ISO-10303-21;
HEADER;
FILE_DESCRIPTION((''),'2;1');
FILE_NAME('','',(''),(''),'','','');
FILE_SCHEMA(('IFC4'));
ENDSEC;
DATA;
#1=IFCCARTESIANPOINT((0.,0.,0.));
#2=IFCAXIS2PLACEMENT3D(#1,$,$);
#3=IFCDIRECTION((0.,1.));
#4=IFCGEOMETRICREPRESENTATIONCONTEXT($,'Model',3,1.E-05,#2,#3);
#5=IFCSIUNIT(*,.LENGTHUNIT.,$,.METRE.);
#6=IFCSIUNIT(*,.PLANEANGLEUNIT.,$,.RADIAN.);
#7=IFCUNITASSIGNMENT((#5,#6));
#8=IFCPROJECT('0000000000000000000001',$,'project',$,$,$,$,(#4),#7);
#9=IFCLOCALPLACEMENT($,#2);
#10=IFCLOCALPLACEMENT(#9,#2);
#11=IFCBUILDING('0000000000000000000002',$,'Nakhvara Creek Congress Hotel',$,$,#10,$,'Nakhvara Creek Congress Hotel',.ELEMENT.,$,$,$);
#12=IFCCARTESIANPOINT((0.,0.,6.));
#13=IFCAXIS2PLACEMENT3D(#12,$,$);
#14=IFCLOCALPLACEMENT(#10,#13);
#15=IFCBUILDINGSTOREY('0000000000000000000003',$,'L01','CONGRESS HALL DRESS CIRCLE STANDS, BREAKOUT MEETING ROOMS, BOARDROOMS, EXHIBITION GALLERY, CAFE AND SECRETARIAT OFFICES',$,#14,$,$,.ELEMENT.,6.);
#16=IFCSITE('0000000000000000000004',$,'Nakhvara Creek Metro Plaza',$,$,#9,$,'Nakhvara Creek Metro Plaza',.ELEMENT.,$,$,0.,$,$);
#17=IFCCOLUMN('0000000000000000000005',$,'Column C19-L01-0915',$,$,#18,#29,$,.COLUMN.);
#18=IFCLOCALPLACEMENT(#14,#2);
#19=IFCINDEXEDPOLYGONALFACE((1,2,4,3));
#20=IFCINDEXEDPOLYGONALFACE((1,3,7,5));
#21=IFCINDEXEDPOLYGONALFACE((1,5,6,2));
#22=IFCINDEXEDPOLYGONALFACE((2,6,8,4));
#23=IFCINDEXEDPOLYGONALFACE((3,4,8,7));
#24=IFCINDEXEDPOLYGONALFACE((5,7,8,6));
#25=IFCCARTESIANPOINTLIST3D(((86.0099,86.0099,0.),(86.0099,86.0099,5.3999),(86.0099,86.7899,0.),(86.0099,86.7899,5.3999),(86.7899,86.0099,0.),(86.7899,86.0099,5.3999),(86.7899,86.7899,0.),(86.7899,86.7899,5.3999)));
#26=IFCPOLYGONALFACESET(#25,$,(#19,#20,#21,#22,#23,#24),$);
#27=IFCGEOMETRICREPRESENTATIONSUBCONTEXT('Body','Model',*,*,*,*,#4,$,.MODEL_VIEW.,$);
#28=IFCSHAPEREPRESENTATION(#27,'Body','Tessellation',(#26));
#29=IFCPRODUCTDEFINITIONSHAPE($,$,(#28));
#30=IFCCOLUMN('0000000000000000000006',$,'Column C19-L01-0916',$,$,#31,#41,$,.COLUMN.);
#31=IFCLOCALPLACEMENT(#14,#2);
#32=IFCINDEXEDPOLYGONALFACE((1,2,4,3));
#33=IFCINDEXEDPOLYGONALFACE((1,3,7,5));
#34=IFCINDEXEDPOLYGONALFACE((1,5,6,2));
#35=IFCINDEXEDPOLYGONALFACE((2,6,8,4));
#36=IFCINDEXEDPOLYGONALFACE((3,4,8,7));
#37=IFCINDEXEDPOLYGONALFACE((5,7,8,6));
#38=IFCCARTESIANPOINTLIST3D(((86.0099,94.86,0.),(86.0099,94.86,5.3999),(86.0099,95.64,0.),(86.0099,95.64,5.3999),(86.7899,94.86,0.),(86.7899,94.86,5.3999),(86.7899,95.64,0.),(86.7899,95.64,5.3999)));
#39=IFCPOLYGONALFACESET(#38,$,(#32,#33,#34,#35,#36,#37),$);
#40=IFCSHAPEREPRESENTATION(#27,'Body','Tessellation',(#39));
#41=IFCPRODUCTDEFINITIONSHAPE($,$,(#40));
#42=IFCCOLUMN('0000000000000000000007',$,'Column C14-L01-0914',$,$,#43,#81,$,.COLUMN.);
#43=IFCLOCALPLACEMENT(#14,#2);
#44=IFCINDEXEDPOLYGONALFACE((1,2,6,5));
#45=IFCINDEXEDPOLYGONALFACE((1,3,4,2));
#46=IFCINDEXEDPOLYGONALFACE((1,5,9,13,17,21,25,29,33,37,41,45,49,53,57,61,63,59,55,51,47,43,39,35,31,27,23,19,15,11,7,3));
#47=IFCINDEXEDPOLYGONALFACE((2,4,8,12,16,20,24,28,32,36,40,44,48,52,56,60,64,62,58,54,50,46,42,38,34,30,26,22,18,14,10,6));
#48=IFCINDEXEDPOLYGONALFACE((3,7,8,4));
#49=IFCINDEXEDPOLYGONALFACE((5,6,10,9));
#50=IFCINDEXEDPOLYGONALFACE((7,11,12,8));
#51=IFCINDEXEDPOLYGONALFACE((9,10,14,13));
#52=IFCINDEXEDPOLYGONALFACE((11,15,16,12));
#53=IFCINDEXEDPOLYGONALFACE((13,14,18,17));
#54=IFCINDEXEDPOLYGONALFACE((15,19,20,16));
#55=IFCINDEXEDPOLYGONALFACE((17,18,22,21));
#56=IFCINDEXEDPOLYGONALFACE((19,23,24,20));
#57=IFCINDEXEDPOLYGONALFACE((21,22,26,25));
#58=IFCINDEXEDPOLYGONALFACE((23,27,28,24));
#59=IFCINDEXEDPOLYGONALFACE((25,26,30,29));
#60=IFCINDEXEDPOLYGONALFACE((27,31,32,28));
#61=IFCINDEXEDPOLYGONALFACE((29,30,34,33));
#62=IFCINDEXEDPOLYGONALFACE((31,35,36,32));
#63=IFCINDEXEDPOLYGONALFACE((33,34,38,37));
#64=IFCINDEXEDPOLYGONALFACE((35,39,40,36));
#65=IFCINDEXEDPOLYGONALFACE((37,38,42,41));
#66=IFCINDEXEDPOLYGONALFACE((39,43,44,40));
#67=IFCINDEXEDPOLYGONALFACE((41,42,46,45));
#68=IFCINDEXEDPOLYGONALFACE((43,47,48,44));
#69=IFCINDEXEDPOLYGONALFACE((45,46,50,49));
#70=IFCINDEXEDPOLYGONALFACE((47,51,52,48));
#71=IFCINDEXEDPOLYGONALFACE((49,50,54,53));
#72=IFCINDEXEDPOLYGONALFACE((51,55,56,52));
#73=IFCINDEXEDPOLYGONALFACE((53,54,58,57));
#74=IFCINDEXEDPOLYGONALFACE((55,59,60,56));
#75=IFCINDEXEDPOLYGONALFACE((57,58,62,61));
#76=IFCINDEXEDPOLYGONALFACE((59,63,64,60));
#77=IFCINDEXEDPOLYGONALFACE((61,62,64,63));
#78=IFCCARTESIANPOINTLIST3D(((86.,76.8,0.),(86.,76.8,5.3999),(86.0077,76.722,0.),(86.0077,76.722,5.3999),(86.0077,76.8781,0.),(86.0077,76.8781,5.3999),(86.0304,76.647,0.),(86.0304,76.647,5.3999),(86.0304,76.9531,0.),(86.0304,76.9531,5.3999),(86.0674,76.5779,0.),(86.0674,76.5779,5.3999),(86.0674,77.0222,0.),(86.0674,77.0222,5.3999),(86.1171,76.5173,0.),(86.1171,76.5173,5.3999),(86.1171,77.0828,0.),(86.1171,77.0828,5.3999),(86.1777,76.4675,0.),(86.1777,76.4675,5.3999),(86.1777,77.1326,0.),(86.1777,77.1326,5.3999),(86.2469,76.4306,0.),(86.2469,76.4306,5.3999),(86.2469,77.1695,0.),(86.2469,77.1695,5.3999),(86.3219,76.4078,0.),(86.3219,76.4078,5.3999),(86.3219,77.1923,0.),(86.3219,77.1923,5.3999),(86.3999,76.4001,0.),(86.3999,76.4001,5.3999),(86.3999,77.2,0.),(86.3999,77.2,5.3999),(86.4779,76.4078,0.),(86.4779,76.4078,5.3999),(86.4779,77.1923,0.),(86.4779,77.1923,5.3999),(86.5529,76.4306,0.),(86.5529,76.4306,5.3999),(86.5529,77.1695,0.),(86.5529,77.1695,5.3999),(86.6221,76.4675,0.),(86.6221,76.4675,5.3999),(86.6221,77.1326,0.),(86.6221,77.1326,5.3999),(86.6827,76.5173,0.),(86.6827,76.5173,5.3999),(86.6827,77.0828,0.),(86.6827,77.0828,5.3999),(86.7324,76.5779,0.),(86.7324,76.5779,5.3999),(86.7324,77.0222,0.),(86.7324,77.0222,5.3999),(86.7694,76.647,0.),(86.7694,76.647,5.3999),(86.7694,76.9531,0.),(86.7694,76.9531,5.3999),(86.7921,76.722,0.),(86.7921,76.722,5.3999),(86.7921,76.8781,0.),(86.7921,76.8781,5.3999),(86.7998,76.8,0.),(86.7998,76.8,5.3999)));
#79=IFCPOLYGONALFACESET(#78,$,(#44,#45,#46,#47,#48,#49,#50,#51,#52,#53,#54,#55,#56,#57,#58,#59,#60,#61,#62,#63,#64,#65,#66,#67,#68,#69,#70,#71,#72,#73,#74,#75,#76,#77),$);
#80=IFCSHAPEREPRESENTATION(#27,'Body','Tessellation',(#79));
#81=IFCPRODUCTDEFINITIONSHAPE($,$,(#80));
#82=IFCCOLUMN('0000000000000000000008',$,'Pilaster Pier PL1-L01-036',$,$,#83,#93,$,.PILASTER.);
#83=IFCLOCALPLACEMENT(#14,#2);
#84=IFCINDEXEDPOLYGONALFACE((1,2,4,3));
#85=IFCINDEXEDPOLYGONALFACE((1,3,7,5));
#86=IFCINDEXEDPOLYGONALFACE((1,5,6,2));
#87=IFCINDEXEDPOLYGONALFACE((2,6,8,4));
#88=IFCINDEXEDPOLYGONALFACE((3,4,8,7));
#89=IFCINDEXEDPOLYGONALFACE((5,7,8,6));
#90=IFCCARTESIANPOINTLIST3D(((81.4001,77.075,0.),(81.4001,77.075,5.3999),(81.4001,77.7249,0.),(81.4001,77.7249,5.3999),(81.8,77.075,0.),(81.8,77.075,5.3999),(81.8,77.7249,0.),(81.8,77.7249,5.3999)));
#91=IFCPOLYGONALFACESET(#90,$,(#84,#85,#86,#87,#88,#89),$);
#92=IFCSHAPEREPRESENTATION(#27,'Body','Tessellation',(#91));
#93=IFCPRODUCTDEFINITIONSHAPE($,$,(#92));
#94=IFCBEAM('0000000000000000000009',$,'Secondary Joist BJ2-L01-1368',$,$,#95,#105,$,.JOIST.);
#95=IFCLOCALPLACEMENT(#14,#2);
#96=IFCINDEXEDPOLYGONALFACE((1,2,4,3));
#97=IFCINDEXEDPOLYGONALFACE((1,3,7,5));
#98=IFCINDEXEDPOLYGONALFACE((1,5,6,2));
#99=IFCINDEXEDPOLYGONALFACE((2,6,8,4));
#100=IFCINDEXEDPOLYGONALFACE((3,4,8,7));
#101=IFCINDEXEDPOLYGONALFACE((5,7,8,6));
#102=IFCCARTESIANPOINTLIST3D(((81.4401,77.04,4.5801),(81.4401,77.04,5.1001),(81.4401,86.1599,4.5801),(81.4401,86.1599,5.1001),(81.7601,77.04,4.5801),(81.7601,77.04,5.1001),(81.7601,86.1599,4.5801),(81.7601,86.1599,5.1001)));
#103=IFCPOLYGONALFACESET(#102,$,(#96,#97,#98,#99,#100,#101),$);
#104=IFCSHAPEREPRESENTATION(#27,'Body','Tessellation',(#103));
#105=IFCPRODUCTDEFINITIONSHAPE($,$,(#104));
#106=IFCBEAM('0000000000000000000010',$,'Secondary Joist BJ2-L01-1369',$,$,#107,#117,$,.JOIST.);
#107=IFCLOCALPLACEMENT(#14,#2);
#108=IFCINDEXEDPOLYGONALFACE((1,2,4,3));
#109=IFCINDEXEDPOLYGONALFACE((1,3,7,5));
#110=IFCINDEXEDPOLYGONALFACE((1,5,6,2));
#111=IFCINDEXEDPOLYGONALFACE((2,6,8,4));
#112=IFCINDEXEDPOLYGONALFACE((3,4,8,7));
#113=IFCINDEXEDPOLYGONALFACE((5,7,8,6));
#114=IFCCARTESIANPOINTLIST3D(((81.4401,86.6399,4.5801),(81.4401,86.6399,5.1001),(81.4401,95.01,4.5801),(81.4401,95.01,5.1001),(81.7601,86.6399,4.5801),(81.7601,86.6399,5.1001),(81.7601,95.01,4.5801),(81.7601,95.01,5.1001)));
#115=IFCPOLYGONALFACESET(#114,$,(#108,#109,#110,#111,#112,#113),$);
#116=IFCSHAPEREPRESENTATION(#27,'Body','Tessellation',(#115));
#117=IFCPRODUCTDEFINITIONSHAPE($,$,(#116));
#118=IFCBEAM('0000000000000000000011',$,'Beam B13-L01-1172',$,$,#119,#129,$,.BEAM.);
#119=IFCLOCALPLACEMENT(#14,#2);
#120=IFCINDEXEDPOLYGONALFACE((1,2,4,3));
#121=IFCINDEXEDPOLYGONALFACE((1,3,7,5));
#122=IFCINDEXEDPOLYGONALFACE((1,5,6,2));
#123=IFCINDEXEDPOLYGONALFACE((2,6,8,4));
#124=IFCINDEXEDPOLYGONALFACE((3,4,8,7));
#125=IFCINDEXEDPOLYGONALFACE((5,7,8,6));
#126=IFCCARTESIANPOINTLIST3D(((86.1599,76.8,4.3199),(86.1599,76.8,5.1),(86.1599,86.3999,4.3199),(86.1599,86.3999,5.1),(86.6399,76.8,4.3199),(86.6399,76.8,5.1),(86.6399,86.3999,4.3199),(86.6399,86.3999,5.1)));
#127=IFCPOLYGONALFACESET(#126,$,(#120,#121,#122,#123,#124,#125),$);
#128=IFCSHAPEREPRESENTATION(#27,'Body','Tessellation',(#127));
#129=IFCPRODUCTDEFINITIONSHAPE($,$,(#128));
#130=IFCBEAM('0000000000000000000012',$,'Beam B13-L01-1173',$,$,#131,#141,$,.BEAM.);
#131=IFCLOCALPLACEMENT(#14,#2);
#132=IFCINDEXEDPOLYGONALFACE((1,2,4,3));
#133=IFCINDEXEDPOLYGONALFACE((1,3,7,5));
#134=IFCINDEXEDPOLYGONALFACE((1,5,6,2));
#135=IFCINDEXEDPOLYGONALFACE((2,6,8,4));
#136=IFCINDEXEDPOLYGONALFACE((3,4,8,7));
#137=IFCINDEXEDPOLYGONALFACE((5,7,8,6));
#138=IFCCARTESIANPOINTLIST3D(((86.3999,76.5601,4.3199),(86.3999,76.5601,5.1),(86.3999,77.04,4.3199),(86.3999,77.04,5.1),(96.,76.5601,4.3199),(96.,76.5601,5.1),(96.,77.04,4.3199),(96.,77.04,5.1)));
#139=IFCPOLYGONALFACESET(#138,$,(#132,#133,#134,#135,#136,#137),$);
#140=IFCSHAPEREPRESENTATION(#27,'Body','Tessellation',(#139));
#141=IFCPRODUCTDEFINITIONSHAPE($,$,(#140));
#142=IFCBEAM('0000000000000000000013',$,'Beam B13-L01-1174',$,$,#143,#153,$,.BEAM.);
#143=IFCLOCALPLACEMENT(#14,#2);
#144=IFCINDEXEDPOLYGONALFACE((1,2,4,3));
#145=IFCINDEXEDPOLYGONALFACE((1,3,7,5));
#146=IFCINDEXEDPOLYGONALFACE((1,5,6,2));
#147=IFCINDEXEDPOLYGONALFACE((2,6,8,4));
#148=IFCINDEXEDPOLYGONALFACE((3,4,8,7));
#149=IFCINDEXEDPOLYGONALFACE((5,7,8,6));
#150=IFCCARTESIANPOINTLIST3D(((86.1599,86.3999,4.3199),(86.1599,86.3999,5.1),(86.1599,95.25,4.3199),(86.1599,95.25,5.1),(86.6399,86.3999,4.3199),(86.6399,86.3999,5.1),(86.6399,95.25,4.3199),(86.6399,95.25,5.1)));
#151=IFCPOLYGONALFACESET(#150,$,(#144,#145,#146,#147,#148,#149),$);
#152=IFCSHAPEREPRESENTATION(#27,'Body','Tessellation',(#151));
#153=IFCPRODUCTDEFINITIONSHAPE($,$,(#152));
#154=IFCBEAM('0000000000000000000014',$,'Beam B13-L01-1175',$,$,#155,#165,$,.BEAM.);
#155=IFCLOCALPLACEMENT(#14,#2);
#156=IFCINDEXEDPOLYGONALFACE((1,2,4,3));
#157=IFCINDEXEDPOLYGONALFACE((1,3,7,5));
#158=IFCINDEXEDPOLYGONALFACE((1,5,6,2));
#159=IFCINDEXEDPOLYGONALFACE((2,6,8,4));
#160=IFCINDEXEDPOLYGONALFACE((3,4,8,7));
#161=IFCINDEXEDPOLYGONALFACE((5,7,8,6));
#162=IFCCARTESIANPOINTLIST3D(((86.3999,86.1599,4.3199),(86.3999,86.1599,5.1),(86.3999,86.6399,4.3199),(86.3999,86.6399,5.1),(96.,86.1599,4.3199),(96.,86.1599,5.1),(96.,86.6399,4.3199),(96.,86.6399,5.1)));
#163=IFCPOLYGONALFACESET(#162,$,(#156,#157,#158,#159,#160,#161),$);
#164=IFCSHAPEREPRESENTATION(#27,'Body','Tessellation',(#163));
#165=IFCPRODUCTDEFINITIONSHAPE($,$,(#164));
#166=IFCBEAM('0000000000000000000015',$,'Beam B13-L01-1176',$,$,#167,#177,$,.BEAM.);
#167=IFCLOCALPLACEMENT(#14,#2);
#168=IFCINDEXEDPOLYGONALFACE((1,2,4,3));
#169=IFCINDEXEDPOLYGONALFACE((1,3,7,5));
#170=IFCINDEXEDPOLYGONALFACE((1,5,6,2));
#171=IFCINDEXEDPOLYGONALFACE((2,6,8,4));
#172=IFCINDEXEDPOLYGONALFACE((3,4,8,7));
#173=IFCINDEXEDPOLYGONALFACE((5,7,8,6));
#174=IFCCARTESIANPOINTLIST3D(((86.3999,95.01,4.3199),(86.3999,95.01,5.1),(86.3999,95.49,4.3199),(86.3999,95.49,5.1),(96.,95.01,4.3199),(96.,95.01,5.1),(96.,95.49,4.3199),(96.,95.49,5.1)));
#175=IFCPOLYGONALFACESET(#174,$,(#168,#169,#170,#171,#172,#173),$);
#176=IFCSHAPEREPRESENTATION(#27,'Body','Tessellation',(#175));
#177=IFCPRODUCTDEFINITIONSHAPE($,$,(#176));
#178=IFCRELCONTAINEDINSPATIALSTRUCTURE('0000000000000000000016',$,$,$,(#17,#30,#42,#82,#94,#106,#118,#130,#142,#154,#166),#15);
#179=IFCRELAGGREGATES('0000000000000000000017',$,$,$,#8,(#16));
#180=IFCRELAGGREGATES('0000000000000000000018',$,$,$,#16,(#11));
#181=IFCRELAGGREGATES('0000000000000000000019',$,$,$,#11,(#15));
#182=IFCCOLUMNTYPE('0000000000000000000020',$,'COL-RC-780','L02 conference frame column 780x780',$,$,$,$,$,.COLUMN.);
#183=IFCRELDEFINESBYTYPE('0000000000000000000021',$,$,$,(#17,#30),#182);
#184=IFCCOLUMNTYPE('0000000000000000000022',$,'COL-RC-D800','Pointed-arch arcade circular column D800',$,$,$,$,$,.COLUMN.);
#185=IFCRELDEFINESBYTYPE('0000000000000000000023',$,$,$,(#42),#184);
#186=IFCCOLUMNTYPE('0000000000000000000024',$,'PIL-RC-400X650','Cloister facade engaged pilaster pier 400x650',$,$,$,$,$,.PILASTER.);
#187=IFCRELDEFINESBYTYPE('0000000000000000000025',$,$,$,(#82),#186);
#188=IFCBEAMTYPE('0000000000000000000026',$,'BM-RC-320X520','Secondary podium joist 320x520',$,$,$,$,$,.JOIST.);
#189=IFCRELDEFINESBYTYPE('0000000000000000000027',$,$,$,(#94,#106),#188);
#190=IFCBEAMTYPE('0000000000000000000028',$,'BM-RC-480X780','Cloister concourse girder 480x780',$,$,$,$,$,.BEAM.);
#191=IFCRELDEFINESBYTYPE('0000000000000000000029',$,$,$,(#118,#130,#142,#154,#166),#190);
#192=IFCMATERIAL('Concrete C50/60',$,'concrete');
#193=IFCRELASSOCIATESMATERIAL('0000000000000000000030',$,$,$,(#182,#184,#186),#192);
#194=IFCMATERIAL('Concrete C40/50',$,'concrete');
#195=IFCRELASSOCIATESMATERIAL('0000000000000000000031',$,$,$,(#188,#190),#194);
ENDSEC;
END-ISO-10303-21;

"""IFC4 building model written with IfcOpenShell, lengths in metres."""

from ifc_helpers import new_model, si_unit, direction, frame, origin, origin_2d, place, context, subcontext, project, spatial, rectangle, circle, extrude, material, material_profile, profile_set, type_object, element, save


model = new_model("IFC4")

# Units and contexts
model_context = context("Model", 3, precision=1e-05, world=origin(), true_north=direction((0.0, 1.0)))
body_context = subcontext(model_context, "Body", "Model", "MODEL_VIEW")
ifc_project = project(units=[si_unit("LENGTHUNIT", "METRE"), si_unit("PLANEANGLEUNIT", "RADIAN")], contexts=[model_context])

# Site, building, storey
site_placement = place(None, origin())
site = spatial("IfcSite", under=ifc_project, at=site_placement, Name="Nakhvara Creek Metro Plaza", LongName="Nakhvara Creek Metro Plaza", CompositionType="ELEMENT", RefElevation=0.0)
building_placement = place(site_placement, origin())
building = spatial("IfcBuilding", under=site, at=building_placement, Name="Nakhvara Creek Congress Hotel", LongName="Nakhvara Creek Congress Hotel", CompositionType="ELEMENT")
storey_placement = place(building_placement, frame((0.0, 0.0, 6.0)))
storey = spatial("IfcBuildingStorey", under=building, at=storey_placement, Name="L01", Description="CONGRESS HALL DRESS CIRCLE STANDS, BREAKOUT MEETING ROOMS, BOARDROOMS, EXHIBITION GALLERY, CAFE AND SECRETARIAT OFFICES", CompositionType="ELEMENT", Elevation=6.0)

# Columns
ifc_material_1 = material(Name="Concrete C50/60", Category="concrete")
ifc_material_profile_1 = material_profile(ifc_material_1, rectangle(XDim=0.78, YDim=0.78, at=origin_2d()), Name="RC-COL 780x780", Category="LoadBearing")
ifc_profile_set_1 = profile_set([ifc_material_profile_1], Name="Concrete C50/60")
column_type_1 = type_object("IfcColumnType", Name="COL-RC-780", Description="L02 conference frame column 780x780", PredefinedType="COLUMN", material=ifc_profile_set_1)
for number, where, z_axis, x_axis, name in (
    (1, (86.3999, 86.3999, 0.0), (0.0, 0.0, 1.0), (1.0, 0.0, 0.0), "Column C19-L01-0915"),
    (2, (86.3999, 95.25, 0.0), (0.0, 0.0, 1.0), (1.0, 0.0, 0.0), "Column C19-L01-0916"),
):
    element("IfcColumn", number, at=place(storey_placement, frame(where, z_axis=z_axis, x_axis=x_axis)), inside=storey, type_object=column_type_1, Name=name, PredefinedType="COLUMN", context=body_context, shape_type="SweptSolid", body=[
        extrude(rectangle(XDim=0.78, YDim=0.78, at=origin_2d()), origin(), (0.0, 0.0, 1.0), 5.3999),
    ])
ifc_material_profile_2 = material_profile(ifc_material_1, circle(Radius=0.3999, at=origin_2d()), Name="RC-COL D800", Category="LoadBearing")
ifc_profile_set_2 = profile_set([ifc_material_profile_2], Name="Concrete C50/60")
column_type_2 = type_object("IfcColumnType", Name="COL-RC-D800", Description="Pointed-arch arcade circular column D800", PredefinedType="COLUMN", material=ifc_profile_set_2)
column_1_placement = place(storey_placement, frame((86.3999, 76.8, 0.0), z_axis=(0.0, 0.0, 1.0), x_axis=(1.0, 0.0, 0.0)))
element("IfcColumn", 3, at=column_1_placement, inside=storey, type_object=column_type_2, Name="Column C14-L01-0914", PredefinedType="COLUMN", context=body_context, shape_type="SweptSolid", body=[
    extrude(circle(Radius=0.3999, at=origin_2d()), origin(), (0.0, 0.0, 1.0), 5.3999),
])
ifc_material_profile_3 = material_profile(ifc_material_1, rectangle(XDim=0.3999, YDim=0.6499, at=origin_2d()), Name="RC-PIL 400x650", Category="LoadBearing")
ifc_profile_set_3 = profile_set([ifc_material_profile_3], Name="Concrete C50/60")
column_type_3 = type_object("IfcColumnType", Name="PIL-RC-400X650", Description="Cloister facade engaged pilaster pier 400x650", PredefinedType="PILASTER", material=ifc_profile_set_3)
column_2_placement = place(storey_placement, frame((81.6001, 77.3999, 0.0), z_axis=(0.0, 0.0, 1.0), x_axis=(1.0, 0.0, 0.0)))
element("IfcColumn", 4, at=column_2_placement, inside=storey, type_object=column_type_3, Name="Pilaster Pier PL1-L01-036", PredefinedType="PILASTER", context=body_context, shape_type="SweptSolid", body=[
    extrude(rectangle(XDim=0.3999, YDim=0.6499, at=origin_2d()), origin(), (0.0, 0.0, 1.0), 5.3999),
])

# Beams
ifc_material_2 = material(Name="Concrete C40/50", Category="concrete")
ifc_material_profile_4 = material_profile(ifc_material_2, rectangle(XDim=0.3201, YDim=0.52, at=origin_2d()), Name="RC-BM 320x520", Category="LoadBearing")
ifc_profile_set_4 = profile_set([ifc_material_profile_4], Name="Concrete C40/50")
beam_type_1 = type_object("IfcBeamType", Name="BM-RC-320X520", Description="Secondary podium joist 320x520", PredefinedType="JOIST", material=ifc_profile_set_4)
beam_1_placement = place(storey_placement, frame((81.6001, 77.04, 4.8401), z_axis=(0.0, 1.0, 0.0), x_axis=(-1.0, 0.0, 0.0)))
element("IfcBeam", 5, at=beam_1_placement, inside=storey, type_object=beam_type_1, Name="Secondary Joist BJ2-L01-1368", PredefinedType="JOIST", context=body_context, shape_type="SweptSolid", body=[
    extrude(rectangle(XDim=0.3201, YDim=0.52, at=origin_2d()), origin(), (0.0, 0.0, 1.0), 9.1199),
])
beam_2_placement = place(storey_placement, frame((81.6001, 86.6399, 4.8401), z_axis=(0.0, 1.0, 0.0), x_axis=(-1.0, 0.0, 0.0)))
element("IfcBeam", 6, at=beam_2_placement, inside=storey, type_object=beam_type_1, Name="Secondary Joist BJ2-L01-1369", PredefinedType="JOIST", context=body_context, shape_type="SweptSolid", body=[
    extrude(rectangle(XDim=0.3201, YDim=0.52, at=origin_2d()), origin(), (0.0, 0.0, 1.0), 8.3701),
])
ifc_material_profile_5 = material_profile(ifc_material_2, rectangle(XDim=0.48, YDim=0.78, at=origin_2d()), Name="RC-BM 480x780", Category="LoadBearing")
ifc_profile_set_5 = profile_set([ifc_material_profile_5], Name="Concrete C40/50")
beam_type_2 = type_object("IfcBeamType", Name="BM-RC-480X780", Description="Cloister concourse girder 480x780", PredefinedType="BEAM", material=ifc_profile_set_5)
beam_3_placement = place(storey_placement, frame((86.3999, 76.8, 4.71), z_axis=(0.0, 1.0, 0.0), x_axis=(-1.0, 0.0, 0.0)))
element("IfcBeam", 7, at=beam_3_placement, inside=storey, type_object=beam_type_2, Name="Beam B13-L01-1172", PredefinedType="BEAM", context=body_context, shape_type="SweptSolid", body=[
    extrude(rectangle(XDim=0.48, YDim=0.78, at=origin_2d()), origin(), (0.0, 0.0, 1.0), 9.5999),
])
beam_4_placement = place(storey_placement, frame((86.3999, 76.8, 4.71), z_axis=(1.0, 0.0, 0.0), x_axis=(0.0, 1.0, 0.0)))
element("IfcBeam", 8, at=beam_4_placement, inside=storey, type_object=beam_type_2, Name="Beam B13-L01-1173", PredefinedType="BEAM", context=body_context, shape_type="SweptSolid", body=[
    extrude(rectangle(XDim=0.48, YDim=0.78, at=origin_2d()), origin(), (0.0, 0.0, 1.0), 9.6001),
])
beam_5_placement = place(storey_placement, frame((86.3999, 86.3999, 4.71), z_axis=(0.0, 1.0, 0.0), x_axis=(-1.0, 0.0, 0.0)))
element("IfcBeam", 9, at=beam_5_placement, inside=storey, type_object=beam_type_2, Name="Beam B13-L01-1174", PredefinedType="BEAM", context=body_context, shape_type="SweptSolid", body=[
    extrude(rectangle(XDim=0.48, YDim=0.78, at=origin_2d()), origin(), (0.0, 0.0, 1.0), 8.8501),
])
for number, where, z_axis, x_axis, name in (
    (10, (86.3999, 86.3999, 4.71), (1.0, 0.0, 0.0), (0.0, 1.0, 0.0), "Beam B13-L01-1175"),
    (11, (86.3999, 95.25, 4.71), (1.0, 0.0, 0.0), (0.0, 1.0, 0.0), "Beam B13-L01-1176"),
):
    element("IfcBeam", number, at=place(storey_placement, frame(where, z_axis=z_axis, x_axis=x_axis)), inside=storey, type_object=beam_type_2, Name=name, PredefinedType="BEAM", context=body_context, shape_type="SweptSolid", body=[
        extrude(rectangle(XDim=0.48, YDim=0.78, at=origin_2d()), origin(), (0.0, 0.0, 1.0), 9.6001),
    ])

save(model, "model.ifc")
